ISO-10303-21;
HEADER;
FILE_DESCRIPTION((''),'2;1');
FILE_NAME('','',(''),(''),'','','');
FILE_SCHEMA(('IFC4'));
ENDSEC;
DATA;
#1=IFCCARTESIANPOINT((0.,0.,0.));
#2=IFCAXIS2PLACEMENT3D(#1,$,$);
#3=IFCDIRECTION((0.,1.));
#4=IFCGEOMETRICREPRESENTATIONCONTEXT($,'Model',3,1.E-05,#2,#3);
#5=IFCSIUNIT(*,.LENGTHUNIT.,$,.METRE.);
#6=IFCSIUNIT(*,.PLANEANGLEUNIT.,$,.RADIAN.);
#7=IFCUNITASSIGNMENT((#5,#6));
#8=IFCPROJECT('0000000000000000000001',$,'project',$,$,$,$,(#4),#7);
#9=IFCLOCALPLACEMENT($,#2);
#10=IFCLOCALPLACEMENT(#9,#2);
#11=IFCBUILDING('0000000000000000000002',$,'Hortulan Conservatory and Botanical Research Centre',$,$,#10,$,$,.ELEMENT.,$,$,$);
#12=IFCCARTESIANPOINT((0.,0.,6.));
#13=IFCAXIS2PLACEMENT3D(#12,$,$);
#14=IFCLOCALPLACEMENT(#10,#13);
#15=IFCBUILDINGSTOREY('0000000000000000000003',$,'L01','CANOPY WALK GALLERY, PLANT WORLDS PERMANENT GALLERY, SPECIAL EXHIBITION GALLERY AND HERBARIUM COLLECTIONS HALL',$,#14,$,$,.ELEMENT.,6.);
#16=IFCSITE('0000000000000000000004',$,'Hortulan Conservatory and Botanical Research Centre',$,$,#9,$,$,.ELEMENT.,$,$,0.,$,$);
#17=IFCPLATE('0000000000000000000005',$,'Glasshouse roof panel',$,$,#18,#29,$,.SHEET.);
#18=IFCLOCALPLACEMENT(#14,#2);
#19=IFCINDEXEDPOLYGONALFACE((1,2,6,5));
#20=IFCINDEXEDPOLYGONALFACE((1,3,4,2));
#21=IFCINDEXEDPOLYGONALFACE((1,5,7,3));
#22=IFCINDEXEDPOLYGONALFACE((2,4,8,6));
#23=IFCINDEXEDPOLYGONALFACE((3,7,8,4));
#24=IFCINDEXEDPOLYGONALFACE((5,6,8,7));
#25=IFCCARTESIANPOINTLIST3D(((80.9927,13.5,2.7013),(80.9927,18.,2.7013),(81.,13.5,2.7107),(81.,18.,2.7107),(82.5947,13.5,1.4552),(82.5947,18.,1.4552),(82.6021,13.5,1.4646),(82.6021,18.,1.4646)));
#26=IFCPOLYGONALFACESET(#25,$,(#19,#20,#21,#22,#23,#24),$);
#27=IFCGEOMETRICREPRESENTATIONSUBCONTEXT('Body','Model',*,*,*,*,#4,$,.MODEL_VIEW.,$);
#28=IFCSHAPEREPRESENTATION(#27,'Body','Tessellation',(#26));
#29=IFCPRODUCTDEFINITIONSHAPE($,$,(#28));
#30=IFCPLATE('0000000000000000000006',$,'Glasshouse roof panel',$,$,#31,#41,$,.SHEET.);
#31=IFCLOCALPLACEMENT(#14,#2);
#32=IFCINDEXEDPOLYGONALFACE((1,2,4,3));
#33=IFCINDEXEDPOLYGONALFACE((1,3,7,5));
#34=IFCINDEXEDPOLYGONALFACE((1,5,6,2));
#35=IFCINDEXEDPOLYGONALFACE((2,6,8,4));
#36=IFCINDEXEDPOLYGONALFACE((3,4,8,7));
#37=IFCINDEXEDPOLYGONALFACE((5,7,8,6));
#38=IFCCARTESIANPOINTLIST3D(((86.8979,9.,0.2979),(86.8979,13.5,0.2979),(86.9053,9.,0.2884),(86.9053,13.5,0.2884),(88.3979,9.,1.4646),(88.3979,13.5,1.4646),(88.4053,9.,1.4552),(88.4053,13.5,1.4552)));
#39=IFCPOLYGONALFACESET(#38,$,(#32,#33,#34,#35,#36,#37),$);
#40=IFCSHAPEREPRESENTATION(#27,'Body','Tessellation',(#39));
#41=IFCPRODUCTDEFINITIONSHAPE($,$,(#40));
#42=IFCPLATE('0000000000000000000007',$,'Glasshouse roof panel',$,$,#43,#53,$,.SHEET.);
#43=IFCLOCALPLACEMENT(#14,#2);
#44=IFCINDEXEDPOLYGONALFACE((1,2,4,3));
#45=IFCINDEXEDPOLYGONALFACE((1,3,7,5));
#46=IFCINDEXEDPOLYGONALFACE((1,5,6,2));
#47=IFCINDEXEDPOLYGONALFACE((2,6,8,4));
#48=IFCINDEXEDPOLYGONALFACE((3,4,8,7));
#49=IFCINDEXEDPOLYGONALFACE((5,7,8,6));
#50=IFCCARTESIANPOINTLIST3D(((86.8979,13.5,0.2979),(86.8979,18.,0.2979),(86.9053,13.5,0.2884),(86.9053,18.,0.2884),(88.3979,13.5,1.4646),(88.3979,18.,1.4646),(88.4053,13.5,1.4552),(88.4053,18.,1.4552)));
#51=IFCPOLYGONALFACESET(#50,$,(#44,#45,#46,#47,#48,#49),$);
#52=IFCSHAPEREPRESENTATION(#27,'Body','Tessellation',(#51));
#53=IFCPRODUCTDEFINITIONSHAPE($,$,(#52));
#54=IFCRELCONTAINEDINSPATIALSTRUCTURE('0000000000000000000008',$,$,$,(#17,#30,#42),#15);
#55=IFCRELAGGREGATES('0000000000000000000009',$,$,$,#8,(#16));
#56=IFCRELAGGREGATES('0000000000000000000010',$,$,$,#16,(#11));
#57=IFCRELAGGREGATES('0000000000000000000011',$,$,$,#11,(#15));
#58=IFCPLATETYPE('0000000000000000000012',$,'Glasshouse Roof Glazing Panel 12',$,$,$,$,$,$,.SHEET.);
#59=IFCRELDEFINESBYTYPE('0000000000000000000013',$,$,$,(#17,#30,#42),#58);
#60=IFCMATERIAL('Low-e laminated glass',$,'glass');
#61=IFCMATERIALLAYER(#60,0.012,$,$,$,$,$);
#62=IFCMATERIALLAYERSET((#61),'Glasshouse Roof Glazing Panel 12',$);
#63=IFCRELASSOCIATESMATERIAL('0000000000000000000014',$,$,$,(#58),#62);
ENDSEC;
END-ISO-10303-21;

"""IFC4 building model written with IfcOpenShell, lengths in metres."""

from ifc_helpers import new_model, si_unit, direction, frame, origin, place, context, subcontext, project, spatial, polyline, outline, extrude, material, layer, layer_set, type_object, element, save


model = new_model("IFC4")

# Units and contexts
model_context = context("Model", 3, precision=1e-05, world=origin(), true_north=direction((0.0, 1.0)))
body_context = subcontext(model_context, "Body", "Model", "MODEL_VIEW")
ifc_project = project(units=[si_unit("LENGTHUNIT", "METRE"), si_unit("PLANEANGLEUNIT", "RADIAN")], contexts=[model_context])

# Site, building, storey
site_placement = place(None, origin())
site = spatial("IfcSite", under=ifc_project, at=site_placement, Name="Hortulan Conservatory and Botanical Research Centre", CompositionType="ELEMENT", RefElevation=0.0)
building_placement = place(site_placement, origin())
building = spatial("IfcBuilding", under=site, at=building_placement, Name="Hortulan Conservatory and Botanical Research Centre", CompositionType="ELEMENT")
storey_placement = place(building_placement, frame((0.0, 0.0, 6.0)))
storey = spatial("IfcBuildingStorey", under=building, at=storey_placement, Name="L01", Description="CANOPY WALK GALLERY, PLANT WORLDS PERMANENT GALLERY, SPECIAL EXHIBITION GALLERY AND HERBARIUM COLLECTIONS HALL", CompositionType="ELEMENT", Elevation=6.0)

# Plates
ifc_material_1 = material(Name="Low-e laminated glass", Category="glass")
ifc_layer = layer(ifc_material_1, 0.012)
ifc_layer_set = layer_set([ifc_layer], Name="Glasshouse Roof Glazing Panel 12")
plate_type = type_object("IfcPlateType", Name="Glasshouse Roof Glazing Panel 12", PredefinedType="SHEET", material=ifc_layer_set)
for number, where, z_axis, x_axis, name in (
    (1, (82.6021, 18.0, 1.4646), (0.613957, 0.0, 0.789339), (-0.789339, 0.0, 0.613957), "Glasshouse roof panel"),
):
    element("IfcPlate", number, at=place(storey_placement, frame(where, z_axis=z_axis, x_axis=x_axis)), inside=storey, type_object=plate_type, Name=name, PredefinedType="SHEET", context=body_context, shape_type="SweptSolid", body=[
        extrude(outline(polyline([(0.0, 0.0), (2.0296, 0.0), (2.0296, 4.5), (0.0, 4.5), (0.0, 0.0)])), origin(), (0.0, 0.0, -1.0), 0.012),
    ])
for number, where, z_axis, x_axis, name in (
    (2, (86.8979, 9.0, 0.2979), (-0.613967, 0.0, 0.789331), (0.789331, 0.0, 0.613967), "Glasshouse roof panel"),
    (3, (86.8979, 13.5, 0.2979), (-0.613967, 0.0, 0.789331), (0.789331, 0.0, 0.613967), "Glasshouse roof panel"),
):
    element("IfcPlate", number, at=place(storey_placement, frame(where, z_axis=z_axis, x_axis=x_axis)), inside=storey, type_object=plate_type, Name=name, PredefinedType="SHEET", context=body_context, shape_type="SweptSolid", body=[
        extrude(outline(polyline([(0.0, 0.0), (1.9003, 0.0), (1.9003, 4.5), (0.0, 4.5), (0.0, 0.0)])), origin(), (0.0, 0.0, -1.0), 0.012),
    ])

save(model, "model.ifc")
